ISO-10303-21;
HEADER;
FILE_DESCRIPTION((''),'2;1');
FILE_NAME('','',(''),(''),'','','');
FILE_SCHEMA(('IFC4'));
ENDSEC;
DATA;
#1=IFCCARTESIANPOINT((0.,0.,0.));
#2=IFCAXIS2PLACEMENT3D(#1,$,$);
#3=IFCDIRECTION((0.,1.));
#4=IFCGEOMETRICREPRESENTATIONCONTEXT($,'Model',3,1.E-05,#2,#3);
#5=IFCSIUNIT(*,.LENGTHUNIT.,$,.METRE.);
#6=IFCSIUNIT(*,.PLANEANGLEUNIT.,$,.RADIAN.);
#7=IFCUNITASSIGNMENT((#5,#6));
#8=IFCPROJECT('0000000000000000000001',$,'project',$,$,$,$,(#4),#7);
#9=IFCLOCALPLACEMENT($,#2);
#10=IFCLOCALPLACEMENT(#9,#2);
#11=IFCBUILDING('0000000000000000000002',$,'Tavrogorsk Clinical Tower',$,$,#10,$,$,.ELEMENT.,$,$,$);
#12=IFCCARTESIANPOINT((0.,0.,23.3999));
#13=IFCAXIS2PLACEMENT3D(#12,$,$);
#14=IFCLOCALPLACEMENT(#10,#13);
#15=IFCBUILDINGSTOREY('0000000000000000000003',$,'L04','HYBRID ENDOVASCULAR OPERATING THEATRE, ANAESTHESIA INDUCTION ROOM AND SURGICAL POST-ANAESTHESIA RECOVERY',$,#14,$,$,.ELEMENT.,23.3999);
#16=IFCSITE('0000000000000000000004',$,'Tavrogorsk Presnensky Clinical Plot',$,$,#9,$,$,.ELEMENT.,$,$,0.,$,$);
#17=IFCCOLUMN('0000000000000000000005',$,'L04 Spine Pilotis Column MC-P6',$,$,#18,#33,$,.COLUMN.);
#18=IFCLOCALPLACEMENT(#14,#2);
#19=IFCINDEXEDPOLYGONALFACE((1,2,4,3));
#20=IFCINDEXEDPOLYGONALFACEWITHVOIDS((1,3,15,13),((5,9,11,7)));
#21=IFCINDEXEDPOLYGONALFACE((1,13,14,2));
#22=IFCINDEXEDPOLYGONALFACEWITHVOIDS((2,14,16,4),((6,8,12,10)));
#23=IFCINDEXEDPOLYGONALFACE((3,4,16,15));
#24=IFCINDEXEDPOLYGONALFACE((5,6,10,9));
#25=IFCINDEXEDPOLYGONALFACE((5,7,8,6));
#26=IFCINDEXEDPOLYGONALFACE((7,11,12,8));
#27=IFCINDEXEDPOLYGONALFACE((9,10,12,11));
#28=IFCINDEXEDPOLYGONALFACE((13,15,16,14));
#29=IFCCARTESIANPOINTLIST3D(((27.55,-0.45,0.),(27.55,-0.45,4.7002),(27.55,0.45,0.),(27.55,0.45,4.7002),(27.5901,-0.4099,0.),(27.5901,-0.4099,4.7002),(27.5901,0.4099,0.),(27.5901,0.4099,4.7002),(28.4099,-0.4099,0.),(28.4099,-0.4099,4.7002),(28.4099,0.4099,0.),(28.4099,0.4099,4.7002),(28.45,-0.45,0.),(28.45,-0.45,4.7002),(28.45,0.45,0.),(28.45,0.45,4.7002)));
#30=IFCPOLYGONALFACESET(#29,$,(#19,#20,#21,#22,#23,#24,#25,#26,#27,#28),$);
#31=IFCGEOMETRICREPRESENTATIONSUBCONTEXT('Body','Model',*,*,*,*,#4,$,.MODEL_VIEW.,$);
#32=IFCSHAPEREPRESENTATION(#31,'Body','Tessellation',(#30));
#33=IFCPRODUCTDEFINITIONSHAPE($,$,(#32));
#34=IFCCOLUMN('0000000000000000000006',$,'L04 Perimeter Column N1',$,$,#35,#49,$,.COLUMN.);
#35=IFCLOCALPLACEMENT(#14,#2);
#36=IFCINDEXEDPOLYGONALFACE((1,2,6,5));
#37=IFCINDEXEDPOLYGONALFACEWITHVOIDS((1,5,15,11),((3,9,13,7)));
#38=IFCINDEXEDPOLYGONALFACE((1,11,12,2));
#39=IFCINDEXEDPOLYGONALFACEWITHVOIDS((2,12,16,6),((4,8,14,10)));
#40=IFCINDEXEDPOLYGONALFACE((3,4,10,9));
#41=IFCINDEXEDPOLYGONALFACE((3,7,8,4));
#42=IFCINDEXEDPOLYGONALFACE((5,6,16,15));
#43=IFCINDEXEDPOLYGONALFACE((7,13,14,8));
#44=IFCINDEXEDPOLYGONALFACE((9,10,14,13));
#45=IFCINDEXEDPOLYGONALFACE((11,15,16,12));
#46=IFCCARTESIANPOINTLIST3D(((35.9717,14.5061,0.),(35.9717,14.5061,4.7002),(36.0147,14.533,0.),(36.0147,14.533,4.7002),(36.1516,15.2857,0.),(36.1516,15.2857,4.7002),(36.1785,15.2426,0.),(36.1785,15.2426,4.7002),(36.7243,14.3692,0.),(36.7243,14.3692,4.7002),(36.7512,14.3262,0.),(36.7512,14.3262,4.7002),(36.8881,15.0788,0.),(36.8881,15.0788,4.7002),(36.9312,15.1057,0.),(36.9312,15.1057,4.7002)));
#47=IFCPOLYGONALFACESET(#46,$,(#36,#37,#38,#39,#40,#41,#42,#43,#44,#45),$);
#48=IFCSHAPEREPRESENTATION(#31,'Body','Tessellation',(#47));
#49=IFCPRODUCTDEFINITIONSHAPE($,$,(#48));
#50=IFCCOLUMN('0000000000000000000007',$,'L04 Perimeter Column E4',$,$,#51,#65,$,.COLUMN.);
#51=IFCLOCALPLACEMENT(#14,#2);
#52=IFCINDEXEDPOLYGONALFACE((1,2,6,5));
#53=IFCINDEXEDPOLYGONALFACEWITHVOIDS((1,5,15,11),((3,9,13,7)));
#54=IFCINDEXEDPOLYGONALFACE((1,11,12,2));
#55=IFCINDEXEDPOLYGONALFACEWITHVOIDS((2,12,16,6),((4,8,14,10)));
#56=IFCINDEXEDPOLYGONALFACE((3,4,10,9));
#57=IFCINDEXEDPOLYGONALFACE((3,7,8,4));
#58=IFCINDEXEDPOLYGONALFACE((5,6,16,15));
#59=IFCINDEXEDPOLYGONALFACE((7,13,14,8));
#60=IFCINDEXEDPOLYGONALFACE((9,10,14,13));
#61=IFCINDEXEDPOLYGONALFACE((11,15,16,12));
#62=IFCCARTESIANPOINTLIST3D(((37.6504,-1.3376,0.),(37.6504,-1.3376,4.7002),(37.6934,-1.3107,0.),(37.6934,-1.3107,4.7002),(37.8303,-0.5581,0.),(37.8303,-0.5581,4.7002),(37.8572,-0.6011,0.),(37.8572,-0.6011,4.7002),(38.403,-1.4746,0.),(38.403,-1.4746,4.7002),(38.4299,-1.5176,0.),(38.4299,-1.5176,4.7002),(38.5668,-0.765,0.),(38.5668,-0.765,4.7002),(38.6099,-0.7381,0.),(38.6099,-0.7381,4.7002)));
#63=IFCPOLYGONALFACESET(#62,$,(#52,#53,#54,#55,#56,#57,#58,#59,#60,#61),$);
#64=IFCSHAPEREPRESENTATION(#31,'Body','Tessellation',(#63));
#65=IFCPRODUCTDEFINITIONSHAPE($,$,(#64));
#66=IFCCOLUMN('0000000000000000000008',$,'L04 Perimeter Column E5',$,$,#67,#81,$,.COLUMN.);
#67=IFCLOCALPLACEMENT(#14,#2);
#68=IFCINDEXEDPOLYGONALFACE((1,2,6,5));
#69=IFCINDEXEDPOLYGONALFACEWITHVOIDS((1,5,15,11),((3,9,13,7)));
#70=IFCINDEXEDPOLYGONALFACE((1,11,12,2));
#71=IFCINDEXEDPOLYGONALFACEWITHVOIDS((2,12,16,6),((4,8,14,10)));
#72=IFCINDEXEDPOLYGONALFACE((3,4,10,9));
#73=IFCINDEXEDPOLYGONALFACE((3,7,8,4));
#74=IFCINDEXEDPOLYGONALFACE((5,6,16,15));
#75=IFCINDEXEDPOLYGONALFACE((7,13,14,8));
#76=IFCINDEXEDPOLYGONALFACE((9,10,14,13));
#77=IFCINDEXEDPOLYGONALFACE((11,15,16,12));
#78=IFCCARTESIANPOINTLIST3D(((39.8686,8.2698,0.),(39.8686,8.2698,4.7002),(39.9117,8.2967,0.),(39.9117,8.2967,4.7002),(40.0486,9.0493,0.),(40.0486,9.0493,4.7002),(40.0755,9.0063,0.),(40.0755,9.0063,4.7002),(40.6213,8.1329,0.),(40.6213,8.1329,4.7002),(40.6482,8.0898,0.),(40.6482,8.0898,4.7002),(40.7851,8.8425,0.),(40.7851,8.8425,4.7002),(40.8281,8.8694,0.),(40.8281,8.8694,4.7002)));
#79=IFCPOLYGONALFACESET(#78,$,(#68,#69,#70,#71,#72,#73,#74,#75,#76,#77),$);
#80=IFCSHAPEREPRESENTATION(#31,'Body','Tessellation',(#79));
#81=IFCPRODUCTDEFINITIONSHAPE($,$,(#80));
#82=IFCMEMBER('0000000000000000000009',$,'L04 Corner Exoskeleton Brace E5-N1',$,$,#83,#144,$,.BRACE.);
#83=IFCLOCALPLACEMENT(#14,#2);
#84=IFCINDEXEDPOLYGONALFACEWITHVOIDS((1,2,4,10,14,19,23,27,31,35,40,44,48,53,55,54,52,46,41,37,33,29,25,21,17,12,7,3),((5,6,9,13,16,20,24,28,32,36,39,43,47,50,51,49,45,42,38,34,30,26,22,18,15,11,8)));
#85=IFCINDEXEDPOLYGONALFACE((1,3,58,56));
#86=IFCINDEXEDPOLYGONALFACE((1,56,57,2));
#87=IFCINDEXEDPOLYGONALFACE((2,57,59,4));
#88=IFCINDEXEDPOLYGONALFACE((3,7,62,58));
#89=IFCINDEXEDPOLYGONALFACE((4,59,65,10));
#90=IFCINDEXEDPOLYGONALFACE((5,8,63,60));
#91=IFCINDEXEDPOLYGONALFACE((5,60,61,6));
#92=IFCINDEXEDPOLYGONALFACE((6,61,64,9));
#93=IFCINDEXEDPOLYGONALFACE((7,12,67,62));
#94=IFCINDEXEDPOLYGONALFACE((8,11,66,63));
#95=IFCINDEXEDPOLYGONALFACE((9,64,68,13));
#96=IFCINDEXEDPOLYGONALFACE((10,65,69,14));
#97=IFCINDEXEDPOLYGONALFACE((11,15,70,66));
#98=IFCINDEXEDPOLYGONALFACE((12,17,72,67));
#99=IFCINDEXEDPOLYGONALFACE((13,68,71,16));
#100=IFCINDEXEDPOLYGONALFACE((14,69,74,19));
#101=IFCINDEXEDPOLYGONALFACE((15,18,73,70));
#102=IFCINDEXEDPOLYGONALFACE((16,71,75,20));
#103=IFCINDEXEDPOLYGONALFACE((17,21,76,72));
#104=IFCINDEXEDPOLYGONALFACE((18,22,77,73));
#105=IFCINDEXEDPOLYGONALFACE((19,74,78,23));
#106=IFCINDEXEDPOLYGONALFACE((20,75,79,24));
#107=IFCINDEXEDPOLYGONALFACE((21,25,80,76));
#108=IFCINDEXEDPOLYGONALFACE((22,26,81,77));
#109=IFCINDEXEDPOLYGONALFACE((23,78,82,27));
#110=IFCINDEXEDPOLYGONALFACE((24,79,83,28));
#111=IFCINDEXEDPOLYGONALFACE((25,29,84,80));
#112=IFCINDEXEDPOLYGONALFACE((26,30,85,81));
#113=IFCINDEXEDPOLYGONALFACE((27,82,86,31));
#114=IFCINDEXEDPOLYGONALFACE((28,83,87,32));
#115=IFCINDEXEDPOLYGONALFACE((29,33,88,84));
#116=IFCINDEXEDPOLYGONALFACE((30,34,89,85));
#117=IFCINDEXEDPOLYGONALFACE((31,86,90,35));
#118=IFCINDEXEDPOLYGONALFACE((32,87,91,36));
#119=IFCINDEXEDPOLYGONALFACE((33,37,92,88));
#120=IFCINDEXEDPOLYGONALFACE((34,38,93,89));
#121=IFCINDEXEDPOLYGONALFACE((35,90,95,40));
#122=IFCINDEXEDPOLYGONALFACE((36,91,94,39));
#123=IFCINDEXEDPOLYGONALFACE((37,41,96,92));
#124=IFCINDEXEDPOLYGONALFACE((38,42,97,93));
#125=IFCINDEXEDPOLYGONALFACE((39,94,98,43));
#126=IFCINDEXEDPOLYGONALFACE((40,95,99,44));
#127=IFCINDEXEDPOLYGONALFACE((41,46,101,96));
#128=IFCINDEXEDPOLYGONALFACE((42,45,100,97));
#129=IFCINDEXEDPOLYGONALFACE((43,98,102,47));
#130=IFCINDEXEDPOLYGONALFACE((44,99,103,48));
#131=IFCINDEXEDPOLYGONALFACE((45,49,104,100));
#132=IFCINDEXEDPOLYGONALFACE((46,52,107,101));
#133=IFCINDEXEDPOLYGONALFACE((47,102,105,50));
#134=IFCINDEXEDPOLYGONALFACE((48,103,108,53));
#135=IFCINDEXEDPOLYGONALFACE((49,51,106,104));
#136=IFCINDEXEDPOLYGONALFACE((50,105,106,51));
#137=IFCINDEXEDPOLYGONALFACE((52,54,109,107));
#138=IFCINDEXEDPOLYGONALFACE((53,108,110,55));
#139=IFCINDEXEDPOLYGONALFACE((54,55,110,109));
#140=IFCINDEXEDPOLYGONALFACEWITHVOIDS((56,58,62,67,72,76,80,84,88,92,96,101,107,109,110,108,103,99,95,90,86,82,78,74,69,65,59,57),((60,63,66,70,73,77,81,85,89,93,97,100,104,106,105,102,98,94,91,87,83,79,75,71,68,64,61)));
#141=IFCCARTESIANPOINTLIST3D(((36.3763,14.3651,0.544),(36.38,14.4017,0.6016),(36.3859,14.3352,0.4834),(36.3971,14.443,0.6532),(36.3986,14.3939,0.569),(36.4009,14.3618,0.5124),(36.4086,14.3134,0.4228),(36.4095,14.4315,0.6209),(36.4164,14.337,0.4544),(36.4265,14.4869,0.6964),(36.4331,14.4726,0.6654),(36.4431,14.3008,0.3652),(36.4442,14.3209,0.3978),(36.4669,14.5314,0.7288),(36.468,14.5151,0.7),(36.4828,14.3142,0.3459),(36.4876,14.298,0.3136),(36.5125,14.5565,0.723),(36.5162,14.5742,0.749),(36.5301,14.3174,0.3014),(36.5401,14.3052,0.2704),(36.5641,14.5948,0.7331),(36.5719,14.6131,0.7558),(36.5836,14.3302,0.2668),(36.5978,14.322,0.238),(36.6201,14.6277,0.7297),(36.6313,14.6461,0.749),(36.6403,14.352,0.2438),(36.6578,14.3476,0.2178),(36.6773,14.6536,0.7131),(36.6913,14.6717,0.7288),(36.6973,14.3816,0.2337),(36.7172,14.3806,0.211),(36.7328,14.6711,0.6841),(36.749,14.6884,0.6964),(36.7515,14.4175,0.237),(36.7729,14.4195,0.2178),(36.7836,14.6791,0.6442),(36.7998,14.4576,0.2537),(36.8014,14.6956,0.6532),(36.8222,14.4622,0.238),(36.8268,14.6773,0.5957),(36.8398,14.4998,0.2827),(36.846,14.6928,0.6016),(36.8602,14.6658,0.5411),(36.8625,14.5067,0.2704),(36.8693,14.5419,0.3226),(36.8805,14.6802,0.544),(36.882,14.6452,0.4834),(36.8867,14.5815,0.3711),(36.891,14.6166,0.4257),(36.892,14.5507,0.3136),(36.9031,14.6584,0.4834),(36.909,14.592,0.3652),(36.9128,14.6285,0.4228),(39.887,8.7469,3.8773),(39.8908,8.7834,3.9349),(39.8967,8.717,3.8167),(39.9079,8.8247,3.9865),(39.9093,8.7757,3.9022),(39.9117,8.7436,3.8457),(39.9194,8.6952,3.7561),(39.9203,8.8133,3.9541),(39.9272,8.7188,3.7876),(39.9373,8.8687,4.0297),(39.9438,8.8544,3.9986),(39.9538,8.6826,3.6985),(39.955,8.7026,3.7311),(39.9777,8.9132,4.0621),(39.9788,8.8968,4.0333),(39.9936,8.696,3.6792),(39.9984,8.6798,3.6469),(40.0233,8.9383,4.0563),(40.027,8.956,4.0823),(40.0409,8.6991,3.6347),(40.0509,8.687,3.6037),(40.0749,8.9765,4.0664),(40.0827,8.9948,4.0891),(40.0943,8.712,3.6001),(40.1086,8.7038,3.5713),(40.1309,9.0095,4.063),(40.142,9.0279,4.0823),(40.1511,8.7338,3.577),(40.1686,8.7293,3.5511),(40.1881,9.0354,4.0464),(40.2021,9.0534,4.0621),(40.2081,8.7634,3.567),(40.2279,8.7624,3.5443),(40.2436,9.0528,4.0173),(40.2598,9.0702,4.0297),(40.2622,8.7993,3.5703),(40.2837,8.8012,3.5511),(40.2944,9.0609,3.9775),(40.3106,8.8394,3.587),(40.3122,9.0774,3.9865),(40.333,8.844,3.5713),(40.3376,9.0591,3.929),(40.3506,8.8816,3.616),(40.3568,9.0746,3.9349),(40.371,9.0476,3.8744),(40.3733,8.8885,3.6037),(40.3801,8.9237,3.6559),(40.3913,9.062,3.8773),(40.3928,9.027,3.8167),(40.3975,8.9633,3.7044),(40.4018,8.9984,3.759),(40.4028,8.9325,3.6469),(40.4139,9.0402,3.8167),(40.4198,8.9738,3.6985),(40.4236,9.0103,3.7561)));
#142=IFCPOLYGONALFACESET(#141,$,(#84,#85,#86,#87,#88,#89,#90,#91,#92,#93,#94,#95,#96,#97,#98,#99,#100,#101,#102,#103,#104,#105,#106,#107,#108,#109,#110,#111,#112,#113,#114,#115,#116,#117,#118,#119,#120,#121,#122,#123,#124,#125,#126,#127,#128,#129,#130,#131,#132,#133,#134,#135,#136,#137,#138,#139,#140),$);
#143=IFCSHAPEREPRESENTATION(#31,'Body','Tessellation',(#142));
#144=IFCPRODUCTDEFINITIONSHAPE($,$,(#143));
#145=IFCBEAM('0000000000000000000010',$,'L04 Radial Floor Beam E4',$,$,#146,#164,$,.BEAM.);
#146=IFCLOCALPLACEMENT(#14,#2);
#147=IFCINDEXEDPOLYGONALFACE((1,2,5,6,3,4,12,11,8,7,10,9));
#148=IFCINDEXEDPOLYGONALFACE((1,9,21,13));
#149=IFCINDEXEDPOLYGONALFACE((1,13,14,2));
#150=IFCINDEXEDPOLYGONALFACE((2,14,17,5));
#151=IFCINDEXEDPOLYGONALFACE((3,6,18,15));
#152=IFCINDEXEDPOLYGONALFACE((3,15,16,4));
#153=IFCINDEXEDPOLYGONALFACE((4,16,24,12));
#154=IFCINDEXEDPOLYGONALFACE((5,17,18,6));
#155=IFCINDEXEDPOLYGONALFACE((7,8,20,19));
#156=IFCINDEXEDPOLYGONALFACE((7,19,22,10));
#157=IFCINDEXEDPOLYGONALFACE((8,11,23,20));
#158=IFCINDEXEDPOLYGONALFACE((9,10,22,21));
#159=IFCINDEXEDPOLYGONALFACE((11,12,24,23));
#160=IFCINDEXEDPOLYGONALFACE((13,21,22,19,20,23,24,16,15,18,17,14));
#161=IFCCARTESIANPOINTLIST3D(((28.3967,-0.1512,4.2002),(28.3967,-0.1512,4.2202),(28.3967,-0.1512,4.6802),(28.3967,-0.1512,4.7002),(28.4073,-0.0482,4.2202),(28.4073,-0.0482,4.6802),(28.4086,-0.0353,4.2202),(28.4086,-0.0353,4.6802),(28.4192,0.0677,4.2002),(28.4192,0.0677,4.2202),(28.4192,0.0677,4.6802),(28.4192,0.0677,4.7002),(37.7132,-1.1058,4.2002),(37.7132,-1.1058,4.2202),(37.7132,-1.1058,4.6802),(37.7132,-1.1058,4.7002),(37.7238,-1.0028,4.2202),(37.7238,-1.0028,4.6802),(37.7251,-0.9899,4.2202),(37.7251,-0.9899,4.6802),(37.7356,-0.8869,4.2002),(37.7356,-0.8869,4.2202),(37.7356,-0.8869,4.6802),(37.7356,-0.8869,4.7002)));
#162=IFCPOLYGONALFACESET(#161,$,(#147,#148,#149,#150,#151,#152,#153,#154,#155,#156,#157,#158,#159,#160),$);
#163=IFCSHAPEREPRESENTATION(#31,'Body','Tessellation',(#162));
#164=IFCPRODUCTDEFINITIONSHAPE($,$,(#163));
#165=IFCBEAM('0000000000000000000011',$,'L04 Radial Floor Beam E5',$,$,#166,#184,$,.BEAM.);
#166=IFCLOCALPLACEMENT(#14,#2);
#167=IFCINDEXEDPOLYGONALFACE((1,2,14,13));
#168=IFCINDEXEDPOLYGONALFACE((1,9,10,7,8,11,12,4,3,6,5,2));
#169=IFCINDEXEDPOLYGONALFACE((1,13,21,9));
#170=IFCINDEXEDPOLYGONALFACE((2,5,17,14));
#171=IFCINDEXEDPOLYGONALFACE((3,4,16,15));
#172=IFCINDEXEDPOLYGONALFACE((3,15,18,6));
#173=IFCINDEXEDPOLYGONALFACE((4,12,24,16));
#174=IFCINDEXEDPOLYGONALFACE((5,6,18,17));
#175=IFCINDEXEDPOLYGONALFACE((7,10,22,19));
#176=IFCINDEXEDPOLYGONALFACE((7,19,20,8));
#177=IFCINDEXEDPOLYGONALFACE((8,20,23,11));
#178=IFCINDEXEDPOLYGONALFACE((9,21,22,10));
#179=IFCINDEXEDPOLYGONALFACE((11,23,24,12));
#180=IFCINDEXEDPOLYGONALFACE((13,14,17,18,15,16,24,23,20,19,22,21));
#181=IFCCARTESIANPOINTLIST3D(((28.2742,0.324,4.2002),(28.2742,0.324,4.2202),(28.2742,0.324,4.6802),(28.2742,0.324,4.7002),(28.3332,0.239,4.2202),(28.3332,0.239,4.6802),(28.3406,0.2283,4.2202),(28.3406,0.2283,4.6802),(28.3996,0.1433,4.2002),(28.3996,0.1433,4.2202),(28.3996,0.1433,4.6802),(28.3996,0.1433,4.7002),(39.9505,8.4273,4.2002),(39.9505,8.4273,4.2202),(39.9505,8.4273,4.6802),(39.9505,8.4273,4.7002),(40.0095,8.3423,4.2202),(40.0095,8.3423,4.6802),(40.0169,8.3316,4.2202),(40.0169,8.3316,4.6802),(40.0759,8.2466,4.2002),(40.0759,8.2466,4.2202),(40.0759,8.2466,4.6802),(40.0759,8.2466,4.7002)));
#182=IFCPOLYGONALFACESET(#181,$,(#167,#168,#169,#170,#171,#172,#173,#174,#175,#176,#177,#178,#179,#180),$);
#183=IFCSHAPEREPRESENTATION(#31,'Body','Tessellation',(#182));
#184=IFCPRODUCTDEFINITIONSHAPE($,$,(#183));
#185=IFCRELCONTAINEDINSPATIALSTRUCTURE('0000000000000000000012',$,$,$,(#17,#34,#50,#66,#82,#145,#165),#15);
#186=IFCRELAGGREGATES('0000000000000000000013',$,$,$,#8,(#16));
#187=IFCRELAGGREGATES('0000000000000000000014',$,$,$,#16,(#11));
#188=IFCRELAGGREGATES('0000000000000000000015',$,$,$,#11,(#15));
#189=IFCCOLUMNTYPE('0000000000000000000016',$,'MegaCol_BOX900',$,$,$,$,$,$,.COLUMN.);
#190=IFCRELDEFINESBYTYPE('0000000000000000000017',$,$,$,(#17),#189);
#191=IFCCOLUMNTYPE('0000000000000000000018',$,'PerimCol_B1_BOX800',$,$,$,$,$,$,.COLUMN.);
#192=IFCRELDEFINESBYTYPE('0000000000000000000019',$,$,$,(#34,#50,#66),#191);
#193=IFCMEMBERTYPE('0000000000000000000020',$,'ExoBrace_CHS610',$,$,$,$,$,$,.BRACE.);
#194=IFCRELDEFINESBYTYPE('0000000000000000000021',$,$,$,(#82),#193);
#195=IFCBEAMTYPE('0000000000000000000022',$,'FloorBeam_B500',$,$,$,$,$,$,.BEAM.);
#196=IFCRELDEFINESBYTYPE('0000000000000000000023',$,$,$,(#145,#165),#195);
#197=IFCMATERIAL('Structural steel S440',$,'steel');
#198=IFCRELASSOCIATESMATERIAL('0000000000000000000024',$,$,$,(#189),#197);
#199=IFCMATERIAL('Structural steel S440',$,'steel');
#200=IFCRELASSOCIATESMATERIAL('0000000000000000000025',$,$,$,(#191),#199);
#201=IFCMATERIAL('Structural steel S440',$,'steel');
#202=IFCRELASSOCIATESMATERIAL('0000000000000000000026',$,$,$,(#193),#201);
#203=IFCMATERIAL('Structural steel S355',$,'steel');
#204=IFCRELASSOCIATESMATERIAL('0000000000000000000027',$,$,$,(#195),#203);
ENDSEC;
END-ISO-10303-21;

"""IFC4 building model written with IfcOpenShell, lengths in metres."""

from ifc_helpers import new_model, si_unit, direction, frame, origin, origin_2d, place, context, subcontext, project, spatial, hollow_rectangle, hollow_circle, i_section, extrude, material, material_profile, profile_set, type_object, element, save


model = new_model("IFC4")

# Units and contexts
model_context = context("Model", 3, precision=1e-05, world=origin(), true_north=direction((0.0, 1.0)))
body_context = subcontext(model_context, "Body", "Model", "MODEL_VIEW")
ifc_project = project(units=[si_unit("LENGTHUNIT", "METRE"), si_unit("PLANEANGLEUNIT", "RADIAN")], contexts=[model_context])

# Site, building, storey
site_placement = place(None, origin())
site = spatial("IfcSite", under=ifc_project, at=site_placement, Name="Tavrogorsk Presnensky Clinical Plot", CompositionType="ELEMENT", RefElevation=0.0)
building_placement = place(site_placement, origin())
building = spatial("IfcBuilding", under=site, at=building_placement, Name="Tavrogorsk Clinical Tower", CompositionType="ELEMENT")
storey_placement = place(building_placement, frame((0.0, 0.0, 23.3999)))
storey = spatial("IfcBuildingStorey", under=building, at=storey_placement, Name="L04", Description="HYBRID ENDOVASCULAR OPERATING THEATRE, ANAESTHESIA INDUCTION ROOM AND SURGICAL POST-ANAESTHESIA RECOVERY", CompositionType="ELEMENT", Elevation=23.3999)

# Columns
ifc_material_1 = material(Name="Structural steel S440", Category="steel")
ifc_material_profile_1 = material_profile(ifc_material_1, hollow_rectangle(XDim=0.8999, YDim=0.8999, WallThickness=0.04, at=origin_2d()), Name="BOX-900x900x40")
ifc_profile_set_1 = profile_set([ifc_material_profile_1], Name="Structural steel S440")
column_type_1 = type_object("IfcColumnType", Name="MegaCol_BOX900", PredefinedType="COLUMN", material=ifc_profile_set_1)
column_placement = place(storey_placement, frame((28.0, 0.0, 0.0), z_axis=(0.0, 0.0, 1.0), x_axis=(1.0, 0.0, 0.0)))
element("IfcColumn", 1, at=column_placement, inside=storey, type_object=column_type_1, Name="L04 Spine Pilotis Column MC-P6", PredefinedType="COLUMN", context=body_context, shape_type="SweptSolid", body=[
    extrude(hollow_rectangle(XDim=0.8999, YDim=0.8999, WallThickness=0.04, at=origin_2d()), origin(), (0.0, 0.0, 1.0), 4.7002),
])
ifc_material_2 = material(Name="Structural steel S440", Category="steel")
ifc_material_profile_2 = material_profile(ifc_material_2, hollow_rectangle(XDim=0.8, YDim=0.8, WallThickness=0.0359, at=origin_2d()), Name="BOX-800x800x36")
ifc_profile_set_2 = profile_set([ifc_material_profile_2], Name="Structural steel S440")
column_type_2 = type_object("IfcColumnType", Name="PerimCol_B1_BOX800", PredefinedType="COLUMN", material=ifc_profile_set_2)
for number, where, z_axis, x_axis, name in (
    (2, (36.4514, 14.8059, 0.0), (0.0, 0.0, 1.0), (0.97437, -0.224951, 0.0), "L04 Perimeter Column N1"),
    (3, (38.1301, -1.0378, 0.0), (0.0, 0.0, 1.0), (0.97437, -0.224951, 0.0), "L04 Perimeter Column E4"),
    (4, (40.3484, 8.5696, 0.0), (0.0, 0.0, 1.0), (0.97437, -0.224951, 0.0), "L04 Perimeter Column E5"),
):
    element("IfcColumn", number, at=place(storey_placement, frame(where, z_axis=z_axis, x_axis=x_axis)), inside=storey, type_object=column_type_2, Name=name, PredefinedType="COLUMN", context=body_context, shape_type="SweptSolid", body=[
        extrude(hollow_rectangle(XDim=0.8, YDim=0.8, WallThickness=0.0359, at=origin_2d()), origin(), (0.0, 0.0, 1.0), 4.7002),
    ])

# Member
ifc_material_3 = material(Name="Structural steel S440", Category="steel")
ifc_material_profile_3 = material_profile(ifc_material_3, hollow_circle(Radius=0.3049, WallThickness=0.0249, at=origin_2d()), Name="CHS-610x25")
ifc_profile_set_3 = profile_set([ifc_material_profile_3], Name="Structural steel S440")
member_type_1 = type_object("IfcMemberType", Name="ExoBrace_CHS610", PredefinedType="BRACE", material=ifc_profile_set_3)
member_placement = place(storey_placement, frame((36.6445, 14.4968, 0.4834), z_axis=(0.47339, -0.757556, 0.449457), x_axis=(0.84804, 0.529933, 0.0)))
element("IfcMember", 5, at=member_placement, inside=storey, type_object=member_type_1, Name="L04 Corner Exoskeleton Brace E5-N1", PredefinedType="BRACE", context=body_context, shape_type="SweptSolid", body=[
    extrude(hollow_circle(Radius=0.3049, WallThickness=0.0249, at=origin_2d()), origin(), (0.0, 0.0, 1.0), 7.4163),
])

# Beams
ifc_material_4 = material(Name="Structural steel S355", Category="steel")
ifc_material_profile_4 = material_profile(ifc_material_4, i_section(OverallWidth=0.22, OverallDepth=0.5, WebThickness=0.0129, FlangeThickness=0.02, at=origin_2d()), Name="B-500x220x13x20")
ifc_profile_set_4 = profile_set([ifc_material_profile_4], Name="Structural steel S355")
beam_type_1 = type_object("IfcBeamType", Name="FloorBeam_B500", PredefinedType="BEAM", material=ifc_profile_set_4)
beam_1_placement = place(storey_placement, frame((28.408, -0.0417, 4.4502), z_axis=(0.994792, -0.10193, 0.0), x_axis=(0.10193, 0.994792, 0.0)))
element("IfcBeam", 6, at=beam_1_placement, inside=storey, type_object=beam_type_1, Name="L04 Radial Floor Beam E4", PredefinedType="BEAM", context=body_context, shape_type="SweptSolid", body=[
    extrude(i_section(OverallWidth=0.22, OverallDepth=0.5, WebThickness=0.0129, FlangeThickness=0.02, at=origin_2d()), origin(), (0.0, 0.0, 1.0), 9.3652),
])
beam_2_placement = place(storey_placement, frame((28.3369, 0.2336, 4.4502), z_axis=(0.821543, 0.570147, 0.0), x_axis=(-0.570147, 0.821543, 0.0)))
element("IfcBeam", 7, at=beam_2_placement, inside=storey, type_object=beam_type_1, Name="L04 Radial Floor Beam E5", PredefinedType="BEAM", context=body_context, shape_type="SweptSolid", body=[
    extrude(i_section(OverallWidth=0.22, OverallDepth=0.5, WebThickness=0.0129, FlangeThickness=0.02, at=origin_2d()), origin(), (0.0, 0.0, 1.0), 14.2126),
])

save(model, "model.ifc")
